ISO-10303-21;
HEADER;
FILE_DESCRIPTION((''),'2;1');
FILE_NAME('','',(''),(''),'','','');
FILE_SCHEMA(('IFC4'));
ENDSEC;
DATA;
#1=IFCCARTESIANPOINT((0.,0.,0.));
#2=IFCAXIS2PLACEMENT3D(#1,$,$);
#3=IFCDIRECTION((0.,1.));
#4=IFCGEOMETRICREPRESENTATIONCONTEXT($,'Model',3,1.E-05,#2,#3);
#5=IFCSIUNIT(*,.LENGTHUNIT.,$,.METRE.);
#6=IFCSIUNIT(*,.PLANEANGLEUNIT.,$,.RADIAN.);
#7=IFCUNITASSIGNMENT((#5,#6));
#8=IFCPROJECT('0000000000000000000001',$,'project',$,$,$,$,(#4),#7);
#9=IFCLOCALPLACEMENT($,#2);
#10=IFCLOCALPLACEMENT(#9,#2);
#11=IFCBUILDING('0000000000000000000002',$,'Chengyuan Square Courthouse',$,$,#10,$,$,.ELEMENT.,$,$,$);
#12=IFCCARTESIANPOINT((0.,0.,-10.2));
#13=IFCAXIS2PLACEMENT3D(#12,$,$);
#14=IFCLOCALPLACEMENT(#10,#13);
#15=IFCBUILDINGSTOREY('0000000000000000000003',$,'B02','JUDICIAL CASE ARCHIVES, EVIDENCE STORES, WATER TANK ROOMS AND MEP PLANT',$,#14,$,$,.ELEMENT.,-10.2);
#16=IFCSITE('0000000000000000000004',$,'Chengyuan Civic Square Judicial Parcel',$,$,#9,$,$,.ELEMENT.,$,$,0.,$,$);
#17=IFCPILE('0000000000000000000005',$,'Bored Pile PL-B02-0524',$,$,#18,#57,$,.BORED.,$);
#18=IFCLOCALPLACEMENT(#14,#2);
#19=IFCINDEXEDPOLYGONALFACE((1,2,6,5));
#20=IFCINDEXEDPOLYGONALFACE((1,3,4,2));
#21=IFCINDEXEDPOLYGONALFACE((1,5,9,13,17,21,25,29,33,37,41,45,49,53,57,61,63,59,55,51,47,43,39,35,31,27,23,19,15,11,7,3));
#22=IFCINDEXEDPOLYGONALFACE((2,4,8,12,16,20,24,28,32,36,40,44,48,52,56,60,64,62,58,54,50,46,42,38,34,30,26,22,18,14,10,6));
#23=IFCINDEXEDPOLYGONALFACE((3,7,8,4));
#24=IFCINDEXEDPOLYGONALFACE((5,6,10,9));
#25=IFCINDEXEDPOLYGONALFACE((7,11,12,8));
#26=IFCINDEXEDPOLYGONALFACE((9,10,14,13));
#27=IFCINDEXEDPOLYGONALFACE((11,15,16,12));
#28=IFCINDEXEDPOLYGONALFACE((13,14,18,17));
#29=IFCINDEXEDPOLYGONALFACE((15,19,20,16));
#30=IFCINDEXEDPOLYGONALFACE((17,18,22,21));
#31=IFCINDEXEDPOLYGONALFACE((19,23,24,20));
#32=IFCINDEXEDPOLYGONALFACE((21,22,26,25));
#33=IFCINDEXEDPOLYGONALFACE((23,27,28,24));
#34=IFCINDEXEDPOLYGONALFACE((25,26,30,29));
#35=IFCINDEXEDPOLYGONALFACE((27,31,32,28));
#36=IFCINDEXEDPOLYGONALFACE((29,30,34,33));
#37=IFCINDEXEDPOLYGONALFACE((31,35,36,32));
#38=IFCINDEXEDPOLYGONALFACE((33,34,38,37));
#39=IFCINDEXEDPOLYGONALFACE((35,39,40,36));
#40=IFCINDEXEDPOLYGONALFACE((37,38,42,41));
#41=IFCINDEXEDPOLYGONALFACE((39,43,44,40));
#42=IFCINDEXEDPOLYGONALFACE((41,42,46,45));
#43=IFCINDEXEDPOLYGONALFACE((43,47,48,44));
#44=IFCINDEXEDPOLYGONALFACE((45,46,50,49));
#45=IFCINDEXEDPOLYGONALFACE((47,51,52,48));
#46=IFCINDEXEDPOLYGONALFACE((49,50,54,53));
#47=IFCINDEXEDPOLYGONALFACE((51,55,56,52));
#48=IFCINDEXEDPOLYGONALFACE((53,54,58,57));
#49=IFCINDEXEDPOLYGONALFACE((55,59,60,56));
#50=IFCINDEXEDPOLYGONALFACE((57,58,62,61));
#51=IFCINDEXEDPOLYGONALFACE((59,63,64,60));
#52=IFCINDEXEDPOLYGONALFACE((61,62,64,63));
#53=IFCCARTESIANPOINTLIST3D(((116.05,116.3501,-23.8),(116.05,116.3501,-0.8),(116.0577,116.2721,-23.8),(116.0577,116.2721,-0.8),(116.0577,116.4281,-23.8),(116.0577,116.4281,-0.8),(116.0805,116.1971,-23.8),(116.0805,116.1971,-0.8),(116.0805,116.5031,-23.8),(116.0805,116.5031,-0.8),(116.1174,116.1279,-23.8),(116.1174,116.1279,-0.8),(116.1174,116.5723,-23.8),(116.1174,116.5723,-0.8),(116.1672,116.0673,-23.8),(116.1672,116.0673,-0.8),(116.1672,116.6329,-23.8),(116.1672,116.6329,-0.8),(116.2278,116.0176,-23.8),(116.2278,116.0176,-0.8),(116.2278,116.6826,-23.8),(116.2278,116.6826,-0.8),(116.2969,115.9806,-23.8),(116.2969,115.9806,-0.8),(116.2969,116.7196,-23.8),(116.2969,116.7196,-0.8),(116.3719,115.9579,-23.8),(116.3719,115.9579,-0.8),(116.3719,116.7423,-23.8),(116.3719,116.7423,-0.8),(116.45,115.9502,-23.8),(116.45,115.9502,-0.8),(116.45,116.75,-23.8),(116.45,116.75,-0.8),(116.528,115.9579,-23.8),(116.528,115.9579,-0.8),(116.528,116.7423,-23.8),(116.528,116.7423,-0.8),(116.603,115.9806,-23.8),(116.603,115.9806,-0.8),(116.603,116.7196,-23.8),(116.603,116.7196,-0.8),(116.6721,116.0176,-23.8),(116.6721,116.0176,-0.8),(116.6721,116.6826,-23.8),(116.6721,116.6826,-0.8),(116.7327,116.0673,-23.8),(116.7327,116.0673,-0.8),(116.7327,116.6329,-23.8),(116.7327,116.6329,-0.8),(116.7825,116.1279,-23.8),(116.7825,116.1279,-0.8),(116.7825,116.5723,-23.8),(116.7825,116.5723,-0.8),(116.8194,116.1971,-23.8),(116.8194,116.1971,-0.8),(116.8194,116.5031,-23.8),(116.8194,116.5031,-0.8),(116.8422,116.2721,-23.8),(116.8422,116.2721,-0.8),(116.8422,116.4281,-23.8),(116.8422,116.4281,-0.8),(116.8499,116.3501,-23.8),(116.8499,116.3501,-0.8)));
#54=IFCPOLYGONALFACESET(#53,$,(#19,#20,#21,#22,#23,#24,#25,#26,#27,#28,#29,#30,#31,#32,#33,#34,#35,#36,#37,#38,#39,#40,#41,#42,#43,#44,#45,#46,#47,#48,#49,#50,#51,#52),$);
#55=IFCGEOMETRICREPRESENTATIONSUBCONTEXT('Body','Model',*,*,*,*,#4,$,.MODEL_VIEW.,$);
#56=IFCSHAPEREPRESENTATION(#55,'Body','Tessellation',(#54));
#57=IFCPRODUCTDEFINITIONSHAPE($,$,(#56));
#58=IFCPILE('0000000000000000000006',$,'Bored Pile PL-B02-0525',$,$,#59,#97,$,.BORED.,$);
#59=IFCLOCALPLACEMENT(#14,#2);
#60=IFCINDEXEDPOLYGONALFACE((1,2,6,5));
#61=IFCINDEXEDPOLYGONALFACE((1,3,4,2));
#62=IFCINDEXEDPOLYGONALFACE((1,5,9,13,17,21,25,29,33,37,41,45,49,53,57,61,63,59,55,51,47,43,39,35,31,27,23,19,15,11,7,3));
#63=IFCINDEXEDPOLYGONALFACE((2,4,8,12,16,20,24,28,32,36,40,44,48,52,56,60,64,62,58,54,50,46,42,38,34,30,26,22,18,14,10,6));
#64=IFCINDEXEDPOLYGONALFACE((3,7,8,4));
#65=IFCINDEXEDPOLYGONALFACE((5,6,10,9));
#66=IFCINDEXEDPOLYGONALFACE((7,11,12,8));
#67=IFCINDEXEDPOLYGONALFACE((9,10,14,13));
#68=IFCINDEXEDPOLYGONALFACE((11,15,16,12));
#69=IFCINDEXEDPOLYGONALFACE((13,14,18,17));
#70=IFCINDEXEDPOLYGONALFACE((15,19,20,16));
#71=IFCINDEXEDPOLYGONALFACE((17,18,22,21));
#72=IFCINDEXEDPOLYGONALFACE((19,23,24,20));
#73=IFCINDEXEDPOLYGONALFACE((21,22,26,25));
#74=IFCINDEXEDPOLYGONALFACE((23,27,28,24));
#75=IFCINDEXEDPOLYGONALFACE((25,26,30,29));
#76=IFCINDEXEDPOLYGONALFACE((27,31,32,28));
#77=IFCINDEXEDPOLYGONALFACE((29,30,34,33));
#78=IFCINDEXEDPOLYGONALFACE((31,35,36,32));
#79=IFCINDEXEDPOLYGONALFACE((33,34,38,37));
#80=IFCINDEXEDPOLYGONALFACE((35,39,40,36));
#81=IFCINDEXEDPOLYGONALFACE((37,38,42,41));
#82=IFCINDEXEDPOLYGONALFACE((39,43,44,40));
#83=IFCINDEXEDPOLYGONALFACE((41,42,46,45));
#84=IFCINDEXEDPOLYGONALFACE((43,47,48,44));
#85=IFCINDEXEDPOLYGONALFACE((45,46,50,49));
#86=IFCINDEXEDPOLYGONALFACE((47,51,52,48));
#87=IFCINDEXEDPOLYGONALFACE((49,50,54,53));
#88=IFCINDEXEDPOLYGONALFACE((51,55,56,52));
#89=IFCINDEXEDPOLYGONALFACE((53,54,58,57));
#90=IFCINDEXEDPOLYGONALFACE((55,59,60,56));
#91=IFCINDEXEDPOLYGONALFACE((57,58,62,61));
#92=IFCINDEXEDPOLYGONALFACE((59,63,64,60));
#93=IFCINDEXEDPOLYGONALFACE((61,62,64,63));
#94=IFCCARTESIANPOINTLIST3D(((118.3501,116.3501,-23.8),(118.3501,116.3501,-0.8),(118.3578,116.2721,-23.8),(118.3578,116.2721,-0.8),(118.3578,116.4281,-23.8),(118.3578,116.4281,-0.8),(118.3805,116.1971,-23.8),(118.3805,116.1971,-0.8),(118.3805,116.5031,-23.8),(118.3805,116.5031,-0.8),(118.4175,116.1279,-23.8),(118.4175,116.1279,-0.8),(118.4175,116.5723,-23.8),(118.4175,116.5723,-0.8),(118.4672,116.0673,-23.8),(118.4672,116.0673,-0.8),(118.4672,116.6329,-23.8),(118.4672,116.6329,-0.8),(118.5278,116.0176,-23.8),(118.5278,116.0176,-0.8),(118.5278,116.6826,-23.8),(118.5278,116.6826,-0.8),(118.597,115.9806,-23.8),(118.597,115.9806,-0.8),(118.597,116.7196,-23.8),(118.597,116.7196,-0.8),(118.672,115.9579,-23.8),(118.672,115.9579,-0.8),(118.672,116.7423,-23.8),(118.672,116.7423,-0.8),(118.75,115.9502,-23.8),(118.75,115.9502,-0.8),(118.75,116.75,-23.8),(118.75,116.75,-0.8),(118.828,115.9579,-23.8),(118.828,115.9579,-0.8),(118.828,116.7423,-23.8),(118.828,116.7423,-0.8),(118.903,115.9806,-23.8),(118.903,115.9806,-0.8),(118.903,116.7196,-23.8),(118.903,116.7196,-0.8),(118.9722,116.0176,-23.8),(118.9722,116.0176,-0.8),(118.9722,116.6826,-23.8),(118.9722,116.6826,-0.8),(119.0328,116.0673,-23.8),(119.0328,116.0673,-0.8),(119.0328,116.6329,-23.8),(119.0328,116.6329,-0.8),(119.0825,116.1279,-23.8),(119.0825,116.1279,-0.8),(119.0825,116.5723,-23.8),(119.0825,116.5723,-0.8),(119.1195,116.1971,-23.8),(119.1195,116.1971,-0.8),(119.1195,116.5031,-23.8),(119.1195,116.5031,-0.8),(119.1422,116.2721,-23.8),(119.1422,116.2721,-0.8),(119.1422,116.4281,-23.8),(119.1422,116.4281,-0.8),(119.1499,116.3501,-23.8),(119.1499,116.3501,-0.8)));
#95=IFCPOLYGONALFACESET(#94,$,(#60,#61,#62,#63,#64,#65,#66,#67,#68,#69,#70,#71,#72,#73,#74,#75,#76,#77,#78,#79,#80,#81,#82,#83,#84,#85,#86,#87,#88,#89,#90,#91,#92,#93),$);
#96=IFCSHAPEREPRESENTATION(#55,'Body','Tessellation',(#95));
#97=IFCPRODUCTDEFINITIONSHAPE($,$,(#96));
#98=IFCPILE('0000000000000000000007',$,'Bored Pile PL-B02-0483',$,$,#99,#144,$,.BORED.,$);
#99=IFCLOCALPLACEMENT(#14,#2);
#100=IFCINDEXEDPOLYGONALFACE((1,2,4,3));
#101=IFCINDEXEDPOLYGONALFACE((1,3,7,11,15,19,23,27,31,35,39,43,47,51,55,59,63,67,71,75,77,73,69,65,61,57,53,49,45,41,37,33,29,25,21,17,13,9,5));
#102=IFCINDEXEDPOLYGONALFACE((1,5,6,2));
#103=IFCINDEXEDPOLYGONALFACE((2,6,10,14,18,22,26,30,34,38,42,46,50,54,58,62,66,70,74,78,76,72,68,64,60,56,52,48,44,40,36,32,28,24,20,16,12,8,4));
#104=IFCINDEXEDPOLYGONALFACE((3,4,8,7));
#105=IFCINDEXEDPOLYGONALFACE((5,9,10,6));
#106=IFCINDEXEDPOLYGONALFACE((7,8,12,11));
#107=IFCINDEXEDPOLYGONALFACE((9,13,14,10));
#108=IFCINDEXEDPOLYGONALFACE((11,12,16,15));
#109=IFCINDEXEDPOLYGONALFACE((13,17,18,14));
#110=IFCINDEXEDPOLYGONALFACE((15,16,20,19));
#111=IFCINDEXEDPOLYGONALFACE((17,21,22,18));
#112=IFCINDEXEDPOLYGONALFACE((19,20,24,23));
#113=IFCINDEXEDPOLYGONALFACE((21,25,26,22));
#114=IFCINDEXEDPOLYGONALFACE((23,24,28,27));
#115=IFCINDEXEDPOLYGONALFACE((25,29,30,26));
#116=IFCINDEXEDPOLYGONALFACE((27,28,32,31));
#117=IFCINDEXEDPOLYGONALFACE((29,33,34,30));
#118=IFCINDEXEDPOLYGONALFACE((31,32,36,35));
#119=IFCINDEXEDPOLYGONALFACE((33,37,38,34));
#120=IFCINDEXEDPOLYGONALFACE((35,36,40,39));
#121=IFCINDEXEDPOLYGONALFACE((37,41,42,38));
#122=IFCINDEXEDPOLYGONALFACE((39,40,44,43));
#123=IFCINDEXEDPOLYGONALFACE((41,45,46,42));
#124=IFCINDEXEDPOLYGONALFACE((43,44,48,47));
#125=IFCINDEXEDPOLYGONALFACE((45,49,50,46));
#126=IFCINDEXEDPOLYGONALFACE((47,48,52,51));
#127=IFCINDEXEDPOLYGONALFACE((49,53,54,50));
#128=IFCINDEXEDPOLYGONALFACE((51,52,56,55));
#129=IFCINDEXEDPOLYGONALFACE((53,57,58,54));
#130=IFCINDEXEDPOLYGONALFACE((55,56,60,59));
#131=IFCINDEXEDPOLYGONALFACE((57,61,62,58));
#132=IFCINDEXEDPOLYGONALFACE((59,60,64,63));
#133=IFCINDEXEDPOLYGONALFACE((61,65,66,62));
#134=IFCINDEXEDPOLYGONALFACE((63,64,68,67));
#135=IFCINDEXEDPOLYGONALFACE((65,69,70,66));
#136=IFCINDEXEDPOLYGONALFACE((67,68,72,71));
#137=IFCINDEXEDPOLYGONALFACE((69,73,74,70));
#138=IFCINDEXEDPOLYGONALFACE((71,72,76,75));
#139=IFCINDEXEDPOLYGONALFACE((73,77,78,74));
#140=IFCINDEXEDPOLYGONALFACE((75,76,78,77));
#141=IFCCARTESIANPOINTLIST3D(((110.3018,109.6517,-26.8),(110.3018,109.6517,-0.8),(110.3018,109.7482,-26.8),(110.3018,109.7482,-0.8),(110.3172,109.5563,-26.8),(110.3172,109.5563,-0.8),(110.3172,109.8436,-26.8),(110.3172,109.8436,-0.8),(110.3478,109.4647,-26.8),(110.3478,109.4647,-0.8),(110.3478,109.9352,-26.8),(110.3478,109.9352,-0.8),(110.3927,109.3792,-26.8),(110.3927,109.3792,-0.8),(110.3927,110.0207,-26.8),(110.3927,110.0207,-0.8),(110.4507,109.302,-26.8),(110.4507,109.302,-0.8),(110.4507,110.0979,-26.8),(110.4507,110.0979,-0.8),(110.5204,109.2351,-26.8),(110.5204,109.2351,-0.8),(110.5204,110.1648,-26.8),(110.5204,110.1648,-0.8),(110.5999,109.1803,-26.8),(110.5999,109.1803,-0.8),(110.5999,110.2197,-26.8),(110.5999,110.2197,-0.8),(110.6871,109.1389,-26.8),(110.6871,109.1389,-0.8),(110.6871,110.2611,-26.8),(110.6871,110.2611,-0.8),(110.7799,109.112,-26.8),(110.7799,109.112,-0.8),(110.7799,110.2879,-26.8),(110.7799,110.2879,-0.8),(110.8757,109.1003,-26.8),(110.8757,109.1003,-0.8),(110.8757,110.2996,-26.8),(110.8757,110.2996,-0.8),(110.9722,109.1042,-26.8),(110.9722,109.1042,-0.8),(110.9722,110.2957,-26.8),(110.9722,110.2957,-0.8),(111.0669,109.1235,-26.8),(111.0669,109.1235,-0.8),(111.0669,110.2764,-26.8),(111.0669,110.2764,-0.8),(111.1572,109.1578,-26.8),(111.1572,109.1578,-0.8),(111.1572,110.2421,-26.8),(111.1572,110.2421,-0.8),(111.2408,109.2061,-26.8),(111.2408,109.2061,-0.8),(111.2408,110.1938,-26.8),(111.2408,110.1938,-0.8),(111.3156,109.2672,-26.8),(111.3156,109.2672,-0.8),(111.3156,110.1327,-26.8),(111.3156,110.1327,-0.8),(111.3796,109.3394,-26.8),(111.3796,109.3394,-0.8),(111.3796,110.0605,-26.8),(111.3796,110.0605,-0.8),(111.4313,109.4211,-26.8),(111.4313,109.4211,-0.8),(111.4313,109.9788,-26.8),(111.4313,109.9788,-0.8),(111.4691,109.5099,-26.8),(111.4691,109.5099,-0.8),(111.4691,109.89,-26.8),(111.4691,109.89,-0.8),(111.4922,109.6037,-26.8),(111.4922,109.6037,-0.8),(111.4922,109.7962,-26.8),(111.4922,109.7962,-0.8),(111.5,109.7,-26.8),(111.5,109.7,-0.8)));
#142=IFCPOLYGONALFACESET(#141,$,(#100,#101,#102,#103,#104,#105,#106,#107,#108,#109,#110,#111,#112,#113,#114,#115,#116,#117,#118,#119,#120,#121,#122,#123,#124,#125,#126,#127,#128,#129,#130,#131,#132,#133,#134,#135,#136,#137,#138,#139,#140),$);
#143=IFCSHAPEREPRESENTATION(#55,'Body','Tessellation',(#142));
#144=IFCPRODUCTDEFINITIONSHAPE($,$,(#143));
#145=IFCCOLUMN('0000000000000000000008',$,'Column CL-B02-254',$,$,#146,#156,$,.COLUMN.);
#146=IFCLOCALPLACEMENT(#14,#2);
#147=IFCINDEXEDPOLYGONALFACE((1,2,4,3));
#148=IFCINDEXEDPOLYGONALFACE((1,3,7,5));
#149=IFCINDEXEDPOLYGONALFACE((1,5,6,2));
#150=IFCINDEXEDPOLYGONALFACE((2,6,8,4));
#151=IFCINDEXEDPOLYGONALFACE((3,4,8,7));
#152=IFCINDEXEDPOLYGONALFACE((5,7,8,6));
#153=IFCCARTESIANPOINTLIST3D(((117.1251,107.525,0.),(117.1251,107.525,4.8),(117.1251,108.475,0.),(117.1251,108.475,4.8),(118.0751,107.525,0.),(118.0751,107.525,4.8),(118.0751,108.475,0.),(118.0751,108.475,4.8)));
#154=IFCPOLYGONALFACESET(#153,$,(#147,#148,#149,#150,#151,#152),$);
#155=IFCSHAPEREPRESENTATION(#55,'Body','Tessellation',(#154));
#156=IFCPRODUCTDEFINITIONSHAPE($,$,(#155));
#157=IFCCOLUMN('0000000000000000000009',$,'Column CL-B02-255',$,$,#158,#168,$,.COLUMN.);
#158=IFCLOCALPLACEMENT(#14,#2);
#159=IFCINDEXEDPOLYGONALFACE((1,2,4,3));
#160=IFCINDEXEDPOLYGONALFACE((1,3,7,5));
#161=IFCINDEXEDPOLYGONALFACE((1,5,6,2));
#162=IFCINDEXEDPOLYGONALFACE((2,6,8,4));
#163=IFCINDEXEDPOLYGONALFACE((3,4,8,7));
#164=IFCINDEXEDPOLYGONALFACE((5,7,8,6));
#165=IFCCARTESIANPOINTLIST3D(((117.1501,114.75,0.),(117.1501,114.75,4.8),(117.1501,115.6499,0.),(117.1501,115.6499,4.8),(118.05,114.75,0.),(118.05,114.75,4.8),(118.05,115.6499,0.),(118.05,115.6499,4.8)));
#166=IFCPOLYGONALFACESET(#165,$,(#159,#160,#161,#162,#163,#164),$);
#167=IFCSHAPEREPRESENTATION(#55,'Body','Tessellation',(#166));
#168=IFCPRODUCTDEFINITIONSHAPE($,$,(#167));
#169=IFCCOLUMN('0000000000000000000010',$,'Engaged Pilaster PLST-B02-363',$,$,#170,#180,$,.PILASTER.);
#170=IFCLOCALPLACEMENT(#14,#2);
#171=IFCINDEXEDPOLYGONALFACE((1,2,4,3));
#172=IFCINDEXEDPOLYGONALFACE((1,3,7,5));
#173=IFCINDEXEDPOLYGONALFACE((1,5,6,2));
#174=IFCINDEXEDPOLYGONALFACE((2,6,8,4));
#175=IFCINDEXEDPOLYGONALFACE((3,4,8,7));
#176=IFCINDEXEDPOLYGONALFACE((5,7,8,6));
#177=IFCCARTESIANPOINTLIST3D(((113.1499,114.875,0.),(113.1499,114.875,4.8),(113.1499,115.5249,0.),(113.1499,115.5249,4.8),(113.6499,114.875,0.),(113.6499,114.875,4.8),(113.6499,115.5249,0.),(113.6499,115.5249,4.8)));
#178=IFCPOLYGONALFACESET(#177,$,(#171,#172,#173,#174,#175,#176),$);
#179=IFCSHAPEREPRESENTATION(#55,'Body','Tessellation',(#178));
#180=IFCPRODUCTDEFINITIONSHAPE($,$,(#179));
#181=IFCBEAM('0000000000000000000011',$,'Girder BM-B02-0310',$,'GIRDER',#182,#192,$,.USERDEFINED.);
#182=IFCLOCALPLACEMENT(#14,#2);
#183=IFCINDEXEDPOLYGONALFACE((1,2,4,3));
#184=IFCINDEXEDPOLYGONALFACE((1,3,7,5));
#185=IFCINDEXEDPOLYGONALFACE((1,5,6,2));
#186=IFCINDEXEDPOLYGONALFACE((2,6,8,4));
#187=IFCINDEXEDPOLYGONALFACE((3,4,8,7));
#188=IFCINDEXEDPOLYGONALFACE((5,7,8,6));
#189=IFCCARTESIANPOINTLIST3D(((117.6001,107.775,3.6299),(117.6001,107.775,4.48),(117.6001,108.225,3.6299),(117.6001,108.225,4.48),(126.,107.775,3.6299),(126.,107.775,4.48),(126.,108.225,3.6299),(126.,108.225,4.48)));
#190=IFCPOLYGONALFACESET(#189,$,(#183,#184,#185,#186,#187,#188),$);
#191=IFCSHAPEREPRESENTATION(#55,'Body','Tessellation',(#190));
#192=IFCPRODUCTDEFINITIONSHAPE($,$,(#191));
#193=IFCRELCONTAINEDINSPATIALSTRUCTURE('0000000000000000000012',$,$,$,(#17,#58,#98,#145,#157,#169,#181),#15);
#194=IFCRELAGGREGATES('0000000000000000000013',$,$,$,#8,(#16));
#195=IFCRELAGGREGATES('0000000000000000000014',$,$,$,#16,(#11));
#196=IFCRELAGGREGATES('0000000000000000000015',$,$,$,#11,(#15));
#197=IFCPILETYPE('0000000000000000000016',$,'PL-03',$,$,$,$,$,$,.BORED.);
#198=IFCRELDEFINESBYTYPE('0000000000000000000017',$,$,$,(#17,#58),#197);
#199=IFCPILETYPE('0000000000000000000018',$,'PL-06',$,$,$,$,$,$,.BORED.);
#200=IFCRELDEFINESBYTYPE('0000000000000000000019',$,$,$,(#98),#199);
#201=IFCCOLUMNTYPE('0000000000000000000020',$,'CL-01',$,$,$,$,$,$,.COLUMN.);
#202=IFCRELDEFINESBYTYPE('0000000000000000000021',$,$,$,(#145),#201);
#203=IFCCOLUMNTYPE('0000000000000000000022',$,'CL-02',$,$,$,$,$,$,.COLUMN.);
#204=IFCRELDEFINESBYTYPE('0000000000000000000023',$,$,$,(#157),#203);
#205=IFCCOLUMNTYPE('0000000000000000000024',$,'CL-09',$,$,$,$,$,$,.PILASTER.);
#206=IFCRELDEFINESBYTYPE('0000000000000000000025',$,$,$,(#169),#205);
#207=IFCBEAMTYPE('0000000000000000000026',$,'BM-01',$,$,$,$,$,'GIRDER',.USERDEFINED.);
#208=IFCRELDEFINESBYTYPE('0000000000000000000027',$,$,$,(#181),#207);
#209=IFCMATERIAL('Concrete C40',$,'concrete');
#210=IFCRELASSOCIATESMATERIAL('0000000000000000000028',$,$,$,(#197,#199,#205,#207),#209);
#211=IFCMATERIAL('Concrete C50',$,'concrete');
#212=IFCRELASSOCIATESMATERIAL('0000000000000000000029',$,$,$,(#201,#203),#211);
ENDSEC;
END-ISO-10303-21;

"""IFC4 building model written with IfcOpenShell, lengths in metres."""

from ifc_helpers import new_model, si_unit, direction, frame, origin, origin_2d, place, context, subcontext, project, spatial, rectangle, circle, extrude, material, material_profile, profile_set, type_object, element, save


model = new_model("IFC4")

# Units and contexts
model_context = context("Model", 3, precision=1e-05, world=origin(), true_north=direction((0.0, 1.0)))
body_context = subcontext(model_context, "Body", "Model", "MODEL_VIEW")
ifc_project = project(units=[si_unit("LENGTHUNIT", "METRE"), si_unit("PLANEANGLEUNIT", "RADIAN")], contexts=[model_context])

# Site, building, storey
site_placement = place(None, origin())
site = spatial("IfcSite", under=ifc_project, at=site_placement, Name="Chengyuan Civic Square Judicial Parcel", CompositionType="ELEMENT", RefElevation=0.0)
building_placement = place(site_placement, origin())
building = spatial("IfcBuilding", under=site, at=building_placement, Name="Chengyuan Square Courthouse", CompositionType="ELEMENT")
storey_placement = place(building_placement, frame((0.0, 0.0, -10.2)))
storey = spatial("IfcBuildingStorey", under=building, at=storey_placement, Name="B02", Description="JUDICIAL CASE ARCHIVES, EVIDENCE STORES, WATER TANK ROOMS AND MEP PLANT", CompositionType="ELEMENT", Elevation=-10.2)

# Shared definitions
ifc_material_1 = material(Name="Concrete C40", Category="concrete")

# Piles
ifc_material_profile_1 = material_profile(ifc_material_1, circle(Radius=0.3999, at=origin_2d()), Name="BORED PILE D800")
ifc_profile_set_1 = profile_set([ifc_material_profile_1], Name="Concrete C40")
pile_type_1 = type_object("IfcPileType", Name="PL-03", PredefinedType="BORED", material=ifc_profile_set_1)
for number, where, z_axis, x_axis, name in (
    (1, (116.45, 116.3501, -0.8), (0.0, 0.0, -1.0), (1.0, 0.0, 0.0), "Bored Pile PL-B02-0524"),
    (2, (118.75, 116.3501, -0.8), (0.0, 0.0, -1.0), (1.0, 0.0, 0.0), "Bored Pile PL-B02-0525"),
):
    element("IfcPile", number, at=place(storey_placement, frame(where, z_axis=z_axis, x_axis=x_axis)), inside=storey, type_object=pile_type_1, Name=name, PredefinedType="BORED", context=body_context, shape_type="SweptSolid", body=[
        extrude(circle(Radius=0.3999, at=origin_2d()), origin(), (0.0, 0.0, 1.0), 23.0),
    ])
ifc_material_profile_2 = material_profile(ifc_material_1, circle(Radius=0.6001, at=origin_2d()), Name="BORED PILE D1200")
ifc_profile_set_2 = profile_set([ifc_material_profile_2], Name="Concrete C40")
pile_type_2 = type_object("IfcPileType", Name="PL-06", PredefinedType="BORED", material=ifc_profile_set_2)
pile_1_placement = place(storey_placement, frame((110.8999, 109.7, -0.8), z_axis=(0.0, 0.0, -1.0), x_axis=(1.0, 0.0, 0.0)))
element("IfcPile", 3, at=pile_1_placement, inside=storey, type_object=pile_type_2, Name="Bored Pile PL-B02-0483", PredefinedType="BORED", context=body_context, shape_type="SweptSolid", body=[
    extrude(circle(Radius=0.6001, at=origin_2d()), origin(), (0.0, 0.0, 1.0), 26.0),
])

# Columns
ifc_material_2 = material(Name="Concrete C50", Category="concrete")
ifc_material_profile_3 = material_profile(ifc_material_2, rectangle(XDim=0.95, YDim=0.95, at=origin_2d()), Name="RC-COL-950x950")
ifc_profile_set_3 = profile_set([ifc_material_profile_3], Name="Concrete C50")
column_type_1 = type_object("IfcColumnType", Name="CL-01", PredefinedType="COLUMN", material=ifc_profile_set_3)
column_1_placement = place(storey_placement, frame((117.6001, 108.0, 0.0), z_axis=(0.0, 0.0, 1.0), x_axis=(1.0, 0.0, 0.0)))
element("IfcColumn", 4, at=column_1_placement, inside=storey, type_object=column_type_1, Name="Column CL-B02-254", PredefinedType="COLUMN", context=body_context, shape_type="SweptSolid", body=[
    extrude(rectangle(XDim=0.95, YDim=0.95, at=origin_2d()), origin(), (0.0, 0.0, 1.0), 4.8),
])
ifc_material_profile_4 = material_profile(ifc_material_2, rectangle(XDim=0.8999, YDim=0.8999, at=origin_2d()), Name="RC-COL-900x900")
ifc_profile_set_4 = profile_set([ifc_material_profile_4], Name="Concrete C50")
column_type_2 = type_object("IfcColumnType", Name="CL-02", PredefinedType="COLUMN", material=ifc_profile_set_4)
column_2_placement = place(storey_placement, frame((117.6001, 115.2, 0.0), z_axis=(0.0, 0.0, 1.0), x_axis=(1.0, 0.0, 0.0)))
element("IfcColumn", 5, at=column_2_placement, inside=storey, type_object=column_type_2, Name="Column CL-B02-255", PredefinedType="COLUMN", context=body_context, shape_type="SweptSolid", body=[
    extrude(rectangle(XDim=0.8999, YDim=0.8999, at=origin_2d()), origin(), (0.0, 0.0, 1.0), 4.8),
])
ifc_material_profile_5 = material_profile(ifc_material_1, rectangle(XDim=0.5, YDim=0.6499, at=origin_2d()), Name="RC-PIL-500x650")
ifc_profile_set_5 = profile_set([ifc_material_profile_5], Name="Concrete C40")
column_type_3 = type_object("IfcColumnType", Name="CL-09", PredefinedType="PILASTER", material=ifc_profile_set_5)
column_3_placement = place(storey_placement, frame((113.3999, 115.2, 0.0), z_axis=(0.0, 0.0, 1.0), x_axis=(1.0, 0.0, 0.0)))
element("IfcColumn", 6, at=column_3_placement, inside=storey, type_object=column_type_3, Name="Engaged Pilaster PLST-B02-363", PredefinedType="PILASTER", context=body_context, shape_type="SweptSolid", body=[
    extrude(rectangle(XDim=0.5, YDim=0.6499, at=origin_2d()), origin(), (0.0, 0.0, 1.0), 4.8),
])

# Beam
ifc_material_profile_6 = material_profile(ifc_material_1, rectangle(XDim=0.45, YDim=0.8501, at=origin_2d()), Name="RC-BM-450x850")
ifc_profile_set_6 = profile_set([ifc_material_profile_6], Name="Concrete C40")
beam_type_1 = type_object("IfcBeamType", Name="BM-01", ElementType="GIRDER", PredefinedType="USERDEFINED", material=ifc_profile_set_6)
beam_1_placement = place(storey_placement, frame((117.6001, 108.0, 4.0549), z_axis=(1.0, 0.0, 0.0), x_axis=(0.0, 1.0, 0.0)))
element("IfcBeam", 7, at=beam_1_placement, inside=storey, type_object=beam_type_1, Name="Girder BM-B02-0310", ObjectType="GIRDER", PredefinedType="USERDEFINED", context=body_context, shape_type="SweptSolid", body=[
    extrude(rectangle(XDim=0.45, YDim=0.8501, at=origin_2d()), origin(), (0.0, 0.0, 1.0), 8.3999),
])

save(model, "model.ifc")
